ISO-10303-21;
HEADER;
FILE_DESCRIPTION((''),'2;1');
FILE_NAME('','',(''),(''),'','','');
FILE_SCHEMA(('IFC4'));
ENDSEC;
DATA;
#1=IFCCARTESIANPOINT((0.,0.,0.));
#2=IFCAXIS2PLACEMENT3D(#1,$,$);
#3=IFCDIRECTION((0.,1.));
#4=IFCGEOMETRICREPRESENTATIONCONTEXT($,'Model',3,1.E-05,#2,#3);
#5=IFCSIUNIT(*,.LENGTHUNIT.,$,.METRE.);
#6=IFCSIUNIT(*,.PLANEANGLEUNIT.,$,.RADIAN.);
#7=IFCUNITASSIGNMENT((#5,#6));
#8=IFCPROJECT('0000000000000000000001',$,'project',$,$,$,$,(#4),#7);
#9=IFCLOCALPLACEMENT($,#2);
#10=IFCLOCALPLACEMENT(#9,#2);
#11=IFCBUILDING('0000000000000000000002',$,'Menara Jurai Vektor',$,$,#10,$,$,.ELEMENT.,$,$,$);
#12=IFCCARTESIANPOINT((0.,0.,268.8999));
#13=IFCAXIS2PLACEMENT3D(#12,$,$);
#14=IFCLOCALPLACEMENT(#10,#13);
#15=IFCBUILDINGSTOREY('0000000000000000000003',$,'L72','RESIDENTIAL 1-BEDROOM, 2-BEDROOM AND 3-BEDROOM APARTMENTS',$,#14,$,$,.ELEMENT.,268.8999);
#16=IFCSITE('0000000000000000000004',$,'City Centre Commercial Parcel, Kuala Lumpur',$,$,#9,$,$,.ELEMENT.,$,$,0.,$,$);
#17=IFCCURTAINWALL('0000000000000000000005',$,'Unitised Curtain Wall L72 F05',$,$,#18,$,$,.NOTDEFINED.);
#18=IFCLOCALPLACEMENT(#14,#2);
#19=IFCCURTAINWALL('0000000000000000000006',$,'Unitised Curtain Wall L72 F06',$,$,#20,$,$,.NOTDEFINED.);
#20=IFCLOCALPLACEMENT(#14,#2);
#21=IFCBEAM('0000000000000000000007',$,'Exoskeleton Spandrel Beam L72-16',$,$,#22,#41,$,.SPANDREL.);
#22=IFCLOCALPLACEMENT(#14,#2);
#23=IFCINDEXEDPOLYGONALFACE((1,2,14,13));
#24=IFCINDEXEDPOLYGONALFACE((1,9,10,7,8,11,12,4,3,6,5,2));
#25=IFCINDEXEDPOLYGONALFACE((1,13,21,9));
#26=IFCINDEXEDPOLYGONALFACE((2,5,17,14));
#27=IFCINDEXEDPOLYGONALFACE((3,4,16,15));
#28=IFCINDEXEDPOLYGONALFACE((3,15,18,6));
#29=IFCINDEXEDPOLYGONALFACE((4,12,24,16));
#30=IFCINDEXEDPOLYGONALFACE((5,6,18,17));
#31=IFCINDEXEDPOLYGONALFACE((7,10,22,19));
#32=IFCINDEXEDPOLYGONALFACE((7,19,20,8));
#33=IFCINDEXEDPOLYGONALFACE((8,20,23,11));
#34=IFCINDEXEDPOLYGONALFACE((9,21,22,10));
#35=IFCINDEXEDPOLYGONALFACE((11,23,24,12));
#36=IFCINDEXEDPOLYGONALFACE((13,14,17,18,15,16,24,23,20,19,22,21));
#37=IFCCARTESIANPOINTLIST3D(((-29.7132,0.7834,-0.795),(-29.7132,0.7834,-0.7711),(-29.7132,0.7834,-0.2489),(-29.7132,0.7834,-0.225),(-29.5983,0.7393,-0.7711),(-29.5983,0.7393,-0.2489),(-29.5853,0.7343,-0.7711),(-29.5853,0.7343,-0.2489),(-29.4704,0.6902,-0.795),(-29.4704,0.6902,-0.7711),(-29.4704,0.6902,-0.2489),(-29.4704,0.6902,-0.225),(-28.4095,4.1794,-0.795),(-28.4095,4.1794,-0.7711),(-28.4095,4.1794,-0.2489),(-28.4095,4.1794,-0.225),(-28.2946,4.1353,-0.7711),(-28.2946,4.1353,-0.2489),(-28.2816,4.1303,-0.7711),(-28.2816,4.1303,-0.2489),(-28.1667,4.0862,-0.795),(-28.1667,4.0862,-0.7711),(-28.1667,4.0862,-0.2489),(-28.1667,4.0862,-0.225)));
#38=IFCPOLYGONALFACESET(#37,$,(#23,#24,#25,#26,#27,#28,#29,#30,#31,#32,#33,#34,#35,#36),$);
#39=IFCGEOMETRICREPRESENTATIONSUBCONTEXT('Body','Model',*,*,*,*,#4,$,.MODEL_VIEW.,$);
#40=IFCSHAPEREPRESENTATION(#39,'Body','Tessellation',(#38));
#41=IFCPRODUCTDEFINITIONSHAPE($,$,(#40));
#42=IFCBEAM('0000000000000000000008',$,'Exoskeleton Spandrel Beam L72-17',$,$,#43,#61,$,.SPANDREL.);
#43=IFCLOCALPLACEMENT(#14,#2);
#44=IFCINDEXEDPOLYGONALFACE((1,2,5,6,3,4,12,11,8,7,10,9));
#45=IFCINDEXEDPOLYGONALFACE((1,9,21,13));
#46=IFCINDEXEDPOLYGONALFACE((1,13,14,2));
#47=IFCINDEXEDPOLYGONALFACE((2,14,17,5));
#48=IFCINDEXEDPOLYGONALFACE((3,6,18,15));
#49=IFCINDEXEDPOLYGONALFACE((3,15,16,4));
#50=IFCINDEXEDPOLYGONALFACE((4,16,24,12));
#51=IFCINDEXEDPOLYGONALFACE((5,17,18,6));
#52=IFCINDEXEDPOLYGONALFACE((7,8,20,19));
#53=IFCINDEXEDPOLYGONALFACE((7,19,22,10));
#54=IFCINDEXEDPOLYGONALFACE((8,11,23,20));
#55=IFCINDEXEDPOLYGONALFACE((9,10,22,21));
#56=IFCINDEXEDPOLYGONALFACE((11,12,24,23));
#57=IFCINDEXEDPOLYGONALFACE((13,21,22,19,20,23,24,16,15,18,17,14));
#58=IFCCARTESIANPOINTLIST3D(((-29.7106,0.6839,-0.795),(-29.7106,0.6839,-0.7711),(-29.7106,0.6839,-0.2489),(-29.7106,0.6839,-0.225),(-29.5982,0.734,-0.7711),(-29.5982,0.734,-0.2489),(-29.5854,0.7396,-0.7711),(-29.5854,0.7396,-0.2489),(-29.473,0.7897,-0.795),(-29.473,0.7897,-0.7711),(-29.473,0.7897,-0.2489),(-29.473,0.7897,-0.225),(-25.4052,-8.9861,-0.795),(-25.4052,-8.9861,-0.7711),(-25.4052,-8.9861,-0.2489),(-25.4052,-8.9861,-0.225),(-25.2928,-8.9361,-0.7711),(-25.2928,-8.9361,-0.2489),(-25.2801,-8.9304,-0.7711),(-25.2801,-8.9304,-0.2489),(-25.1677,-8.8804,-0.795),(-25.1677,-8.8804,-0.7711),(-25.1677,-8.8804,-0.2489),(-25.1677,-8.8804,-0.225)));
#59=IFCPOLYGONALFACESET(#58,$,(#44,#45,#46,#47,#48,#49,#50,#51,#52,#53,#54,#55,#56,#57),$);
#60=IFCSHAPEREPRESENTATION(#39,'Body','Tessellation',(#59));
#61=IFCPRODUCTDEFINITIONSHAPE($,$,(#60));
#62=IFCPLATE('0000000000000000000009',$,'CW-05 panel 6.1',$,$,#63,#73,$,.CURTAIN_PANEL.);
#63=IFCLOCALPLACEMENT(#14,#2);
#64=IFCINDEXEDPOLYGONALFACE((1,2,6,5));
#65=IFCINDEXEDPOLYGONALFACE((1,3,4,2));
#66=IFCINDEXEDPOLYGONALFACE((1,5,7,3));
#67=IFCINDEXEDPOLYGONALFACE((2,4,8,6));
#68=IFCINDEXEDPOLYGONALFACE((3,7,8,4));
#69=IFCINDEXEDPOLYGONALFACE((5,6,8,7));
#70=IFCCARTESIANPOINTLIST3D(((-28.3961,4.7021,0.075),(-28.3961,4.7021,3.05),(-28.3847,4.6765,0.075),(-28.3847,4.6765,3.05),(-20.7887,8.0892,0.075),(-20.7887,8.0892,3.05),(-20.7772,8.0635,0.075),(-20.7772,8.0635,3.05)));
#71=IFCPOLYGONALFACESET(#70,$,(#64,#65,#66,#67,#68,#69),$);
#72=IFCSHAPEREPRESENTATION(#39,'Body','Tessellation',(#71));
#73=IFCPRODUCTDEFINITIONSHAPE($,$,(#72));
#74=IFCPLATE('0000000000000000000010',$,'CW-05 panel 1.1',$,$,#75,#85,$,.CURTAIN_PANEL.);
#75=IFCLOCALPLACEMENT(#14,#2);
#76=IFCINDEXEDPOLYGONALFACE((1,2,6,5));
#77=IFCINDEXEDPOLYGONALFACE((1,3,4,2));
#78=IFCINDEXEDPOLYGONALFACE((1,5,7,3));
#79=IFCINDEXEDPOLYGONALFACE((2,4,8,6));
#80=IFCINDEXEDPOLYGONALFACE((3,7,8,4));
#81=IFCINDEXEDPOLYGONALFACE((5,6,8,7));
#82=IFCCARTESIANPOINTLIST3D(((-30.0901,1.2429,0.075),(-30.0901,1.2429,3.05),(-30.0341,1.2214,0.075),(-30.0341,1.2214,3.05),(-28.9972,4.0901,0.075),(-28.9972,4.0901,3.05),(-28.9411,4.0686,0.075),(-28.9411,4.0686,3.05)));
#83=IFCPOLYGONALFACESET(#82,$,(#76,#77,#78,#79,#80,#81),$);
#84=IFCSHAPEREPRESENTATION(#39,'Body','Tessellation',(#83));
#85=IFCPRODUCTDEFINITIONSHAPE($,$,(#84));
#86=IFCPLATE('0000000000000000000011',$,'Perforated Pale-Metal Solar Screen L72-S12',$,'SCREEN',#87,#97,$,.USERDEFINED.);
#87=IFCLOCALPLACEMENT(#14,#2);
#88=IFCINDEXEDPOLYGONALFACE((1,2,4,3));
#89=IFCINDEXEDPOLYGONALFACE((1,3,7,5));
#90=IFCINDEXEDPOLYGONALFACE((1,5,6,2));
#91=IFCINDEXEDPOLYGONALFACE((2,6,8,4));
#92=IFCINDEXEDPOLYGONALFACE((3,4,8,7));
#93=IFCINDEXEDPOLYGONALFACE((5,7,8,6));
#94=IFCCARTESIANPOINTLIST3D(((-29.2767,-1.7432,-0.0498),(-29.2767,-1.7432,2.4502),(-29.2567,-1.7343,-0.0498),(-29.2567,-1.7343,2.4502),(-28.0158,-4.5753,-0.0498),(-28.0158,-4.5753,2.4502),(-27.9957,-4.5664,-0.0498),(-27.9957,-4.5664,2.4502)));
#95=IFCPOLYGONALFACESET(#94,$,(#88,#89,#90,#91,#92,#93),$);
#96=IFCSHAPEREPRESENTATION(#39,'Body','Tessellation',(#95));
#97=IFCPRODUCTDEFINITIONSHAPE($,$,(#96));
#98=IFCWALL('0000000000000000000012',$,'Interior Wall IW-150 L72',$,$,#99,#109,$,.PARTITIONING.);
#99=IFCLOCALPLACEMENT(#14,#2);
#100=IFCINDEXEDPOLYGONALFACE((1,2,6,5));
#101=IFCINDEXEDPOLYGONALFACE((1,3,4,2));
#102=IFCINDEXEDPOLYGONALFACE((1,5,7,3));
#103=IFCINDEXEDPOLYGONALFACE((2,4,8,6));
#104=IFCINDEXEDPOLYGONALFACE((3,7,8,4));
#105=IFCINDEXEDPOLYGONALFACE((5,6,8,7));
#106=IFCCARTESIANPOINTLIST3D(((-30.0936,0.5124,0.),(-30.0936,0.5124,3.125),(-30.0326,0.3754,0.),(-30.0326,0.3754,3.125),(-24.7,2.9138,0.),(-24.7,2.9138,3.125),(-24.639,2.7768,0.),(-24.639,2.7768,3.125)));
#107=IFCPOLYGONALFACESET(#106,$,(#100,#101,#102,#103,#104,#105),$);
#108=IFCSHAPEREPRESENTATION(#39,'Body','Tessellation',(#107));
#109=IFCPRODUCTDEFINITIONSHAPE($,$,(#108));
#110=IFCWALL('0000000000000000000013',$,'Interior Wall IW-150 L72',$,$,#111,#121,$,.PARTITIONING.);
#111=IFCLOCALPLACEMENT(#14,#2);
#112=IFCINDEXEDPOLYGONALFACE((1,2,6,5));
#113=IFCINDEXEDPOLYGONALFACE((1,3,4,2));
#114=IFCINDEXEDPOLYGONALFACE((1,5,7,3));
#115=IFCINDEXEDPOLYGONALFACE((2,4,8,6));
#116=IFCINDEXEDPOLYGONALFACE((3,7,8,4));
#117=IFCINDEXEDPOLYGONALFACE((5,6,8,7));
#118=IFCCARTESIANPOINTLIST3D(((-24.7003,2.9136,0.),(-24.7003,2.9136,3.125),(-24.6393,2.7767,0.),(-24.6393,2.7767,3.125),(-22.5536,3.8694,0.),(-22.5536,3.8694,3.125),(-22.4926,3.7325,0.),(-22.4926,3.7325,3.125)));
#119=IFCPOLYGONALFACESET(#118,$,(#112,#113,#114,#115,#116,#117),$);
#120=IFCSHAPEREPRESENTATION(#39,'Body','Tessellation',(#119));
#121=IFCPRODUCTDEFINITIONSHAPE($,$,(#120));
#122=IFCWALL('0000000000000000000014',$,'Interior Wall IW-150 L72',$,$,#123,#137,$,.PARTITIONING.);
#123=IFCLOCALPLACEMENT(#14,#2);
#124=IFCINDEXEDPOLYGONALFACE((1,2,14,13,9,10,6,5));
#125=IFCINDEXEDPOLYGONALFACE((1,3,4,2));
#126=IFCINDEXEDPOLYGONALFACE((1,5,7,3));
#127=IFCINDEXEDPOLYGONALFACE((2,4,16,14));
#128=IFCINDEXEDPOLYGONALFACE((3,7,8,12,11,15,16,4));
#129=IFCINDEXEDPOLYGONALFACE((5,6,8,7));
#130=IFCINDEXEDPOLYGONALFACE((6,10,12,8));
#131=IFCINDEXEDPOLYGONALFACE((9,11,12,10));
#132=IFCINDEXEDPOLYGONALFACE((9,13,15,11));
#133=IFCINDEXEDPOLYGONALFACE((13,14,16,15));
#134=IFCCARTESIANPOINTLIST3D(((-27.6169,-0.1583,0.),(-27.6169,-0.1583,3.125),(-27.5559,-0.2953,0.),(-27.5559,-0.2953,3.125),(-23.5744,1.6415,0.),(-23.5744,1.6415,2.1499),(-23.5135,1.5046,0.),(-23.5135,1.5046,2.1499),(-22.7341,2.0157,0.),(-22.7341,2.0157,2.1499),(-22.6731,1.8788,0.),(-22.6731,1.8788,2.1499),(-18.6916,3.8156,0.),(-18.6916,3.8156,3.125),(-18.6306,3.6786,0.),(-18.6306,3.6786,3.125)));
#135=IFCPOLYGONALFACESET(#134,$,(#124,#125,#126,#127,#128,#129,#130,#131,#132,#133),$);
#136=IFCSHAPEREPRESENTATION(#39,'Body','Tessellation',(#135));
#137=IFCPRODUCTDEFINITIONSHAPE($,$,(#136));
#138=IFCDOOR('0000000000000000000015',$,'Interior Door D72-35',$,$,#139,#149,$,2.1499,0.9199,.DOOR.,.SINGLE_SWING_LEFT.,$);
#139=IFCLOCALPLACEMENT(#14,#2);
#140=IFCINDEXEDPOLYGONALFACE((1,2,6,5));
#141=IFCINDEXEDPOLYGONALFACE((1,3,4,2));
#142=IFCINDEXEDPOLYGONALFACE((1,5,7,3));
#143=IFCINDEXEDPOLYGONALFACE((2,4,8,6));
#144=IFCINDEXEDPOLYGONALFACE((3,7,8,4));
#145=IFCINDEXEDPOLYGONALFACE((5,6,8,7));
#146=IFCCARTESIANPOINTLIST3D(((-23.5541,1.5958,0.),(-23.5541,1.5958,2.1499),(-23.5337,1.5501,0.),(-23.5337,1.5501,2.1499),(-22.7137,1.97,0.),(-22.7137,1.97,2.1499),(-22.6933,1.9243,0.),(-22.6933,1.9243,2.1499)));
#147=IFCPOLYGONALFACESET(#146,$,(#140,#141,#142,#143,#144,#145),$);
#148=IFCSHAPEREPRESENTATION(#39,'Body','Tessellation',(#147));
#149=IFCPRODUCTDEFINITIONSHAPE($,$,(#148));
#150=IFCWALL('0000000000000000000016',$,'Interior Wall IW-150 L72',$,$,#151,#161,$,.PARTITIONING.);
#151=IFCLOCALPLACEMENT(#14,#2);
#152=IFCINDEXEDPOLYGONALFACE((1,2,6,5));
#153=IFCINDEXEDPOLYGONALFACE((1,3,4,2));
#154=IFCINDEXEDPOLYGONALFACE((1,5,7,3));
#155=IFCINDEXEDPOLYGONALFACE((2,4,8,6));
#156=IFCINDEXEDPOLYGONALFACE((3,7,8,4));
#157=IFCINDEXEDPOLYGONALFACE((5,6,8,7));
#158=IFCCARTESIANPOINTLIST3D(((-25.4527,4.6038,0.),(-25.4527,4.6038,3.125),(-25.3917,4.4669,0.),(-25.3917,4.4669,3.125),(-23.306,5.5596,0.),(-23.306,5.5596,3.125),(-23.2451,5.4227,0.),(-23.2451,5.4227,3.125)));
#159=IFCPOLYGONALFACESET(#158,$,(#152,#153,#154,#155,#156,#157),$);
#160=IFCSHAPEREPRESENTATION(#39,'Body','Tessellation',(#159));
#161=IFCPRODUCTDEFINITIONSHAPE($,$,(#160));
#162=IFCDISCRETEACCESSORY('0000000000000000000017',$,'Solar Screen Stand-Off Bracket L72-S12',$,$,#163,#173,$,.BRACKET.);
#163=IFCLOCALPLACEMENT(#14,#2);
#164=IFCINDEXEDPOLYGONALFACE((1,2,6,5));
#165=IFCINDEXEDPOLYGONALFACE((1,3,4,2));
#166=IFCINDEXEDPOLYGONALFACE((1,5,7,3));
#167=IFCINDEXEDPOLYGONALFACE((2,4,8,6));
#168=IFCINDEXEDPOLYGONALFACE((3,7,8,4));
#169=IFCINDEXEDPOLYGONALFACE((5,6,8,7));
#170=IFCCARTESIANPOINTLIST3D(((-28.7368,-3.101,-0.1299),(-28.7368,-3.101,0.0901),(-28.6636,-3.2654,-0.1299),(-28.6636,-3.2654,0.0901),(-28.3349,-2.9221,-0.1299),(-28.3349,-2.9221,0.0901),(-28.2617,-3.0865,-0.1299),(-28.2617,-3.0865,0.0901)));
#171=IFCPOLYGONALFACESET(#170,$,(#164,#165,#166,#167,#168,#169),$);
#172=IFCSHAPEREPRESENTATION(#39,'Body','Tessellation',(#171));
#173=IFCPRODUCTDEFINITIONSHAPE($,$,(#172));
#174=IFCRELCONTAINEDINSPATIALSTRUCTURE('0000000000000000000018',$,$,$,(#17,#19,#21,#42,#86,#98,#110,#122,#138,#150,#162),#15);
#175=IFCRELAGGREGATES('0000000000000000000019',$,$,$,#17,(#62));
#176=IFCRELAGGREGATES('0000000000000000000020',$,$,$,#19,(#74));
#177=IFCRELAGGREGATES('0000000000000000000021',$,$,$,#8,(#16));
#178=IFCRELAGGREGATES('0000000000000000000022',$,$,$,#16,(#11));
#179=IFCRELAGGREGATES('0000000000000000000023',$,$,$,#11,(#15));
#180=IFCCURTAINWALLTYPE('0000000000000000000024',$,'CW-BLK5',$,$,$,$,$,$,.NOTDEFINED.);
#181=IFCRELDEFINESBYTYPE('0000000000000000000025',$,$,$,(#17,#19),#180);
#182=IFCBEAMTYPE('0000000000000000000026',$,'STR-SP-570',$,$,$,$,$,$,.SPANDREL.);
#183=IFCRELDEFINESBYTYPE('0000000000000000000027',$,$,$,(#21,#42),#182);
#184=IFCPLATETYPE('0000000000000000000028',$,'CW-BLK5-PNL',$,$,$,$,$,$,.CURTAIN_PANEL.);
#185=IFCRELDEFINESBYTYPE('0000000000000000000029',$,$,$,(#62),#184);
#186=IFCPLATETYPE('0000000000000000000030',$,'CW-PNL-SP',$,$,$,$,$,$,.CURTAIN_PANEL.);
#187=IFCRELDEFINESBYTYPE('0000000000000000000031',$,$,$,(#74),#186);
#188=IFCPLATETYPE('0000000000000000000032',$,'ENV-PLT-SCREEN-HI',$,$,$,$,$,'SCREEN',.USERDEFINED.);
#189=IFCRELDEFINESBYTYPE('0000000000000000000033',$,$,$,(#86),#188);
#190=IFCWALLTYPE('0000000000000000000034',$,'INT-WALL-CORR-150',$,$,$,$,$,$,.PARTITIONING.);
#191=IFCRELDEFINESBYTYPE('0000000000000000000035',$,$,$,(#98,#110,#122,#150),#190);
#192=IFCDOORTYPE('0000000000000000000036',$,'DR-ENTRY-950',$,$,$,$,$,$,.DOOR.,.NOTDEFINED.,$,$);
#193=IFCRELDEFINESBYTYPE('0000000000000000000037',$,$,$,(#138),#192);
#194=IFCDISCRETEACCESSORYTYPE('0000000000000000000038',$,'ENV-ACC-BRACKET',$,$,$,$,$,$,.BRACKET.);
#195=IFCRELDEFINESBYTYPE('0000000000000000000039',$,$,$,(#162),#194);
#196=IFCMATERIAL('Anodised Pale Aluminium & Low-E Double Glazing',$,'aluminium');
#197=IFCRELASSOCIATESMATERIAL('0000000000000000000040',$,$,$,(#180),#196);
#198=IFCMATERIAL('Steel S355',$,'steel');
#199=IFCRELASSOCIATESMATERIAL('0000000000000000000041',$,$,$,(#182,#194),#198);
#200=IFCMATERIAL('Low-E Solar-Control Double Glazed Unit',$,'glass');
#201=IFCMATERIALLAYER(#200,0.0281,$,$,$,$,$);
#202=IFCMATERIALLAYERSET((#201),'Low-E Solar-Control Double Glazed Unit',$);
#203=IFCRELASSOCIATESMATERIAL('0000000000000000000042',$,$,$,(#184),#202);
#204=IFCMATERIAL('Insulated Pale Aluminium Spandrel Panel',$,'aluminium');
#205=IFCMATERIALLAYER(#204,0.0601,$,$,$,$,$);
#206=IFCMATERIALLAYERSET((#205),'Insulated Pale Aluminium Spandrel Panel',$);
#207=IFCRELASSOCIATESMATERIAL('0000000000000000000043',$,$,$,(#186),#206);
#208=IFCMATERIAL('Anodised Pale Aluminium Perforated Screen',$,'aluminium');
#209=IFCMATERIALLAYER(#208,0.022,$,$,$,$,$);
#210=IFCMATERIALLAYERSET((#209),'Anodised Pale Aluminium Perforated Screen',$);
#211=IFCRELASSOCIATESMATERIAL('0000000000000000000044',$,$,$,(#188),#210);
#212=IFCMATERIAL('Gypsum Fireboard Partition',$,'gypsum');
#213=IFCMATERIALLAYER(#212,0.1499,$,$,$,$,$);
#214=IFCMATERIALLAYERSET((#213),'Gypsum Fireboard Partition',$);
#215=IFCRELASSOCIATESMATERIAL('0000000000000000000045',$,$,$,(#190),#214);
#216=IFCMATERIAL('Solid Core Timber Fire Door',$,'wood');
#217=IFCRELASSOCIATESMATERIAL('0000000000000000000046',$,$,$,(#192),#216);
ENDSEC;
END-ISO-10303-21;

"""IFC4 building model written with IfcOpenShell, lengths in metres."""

from ifc_helpers import new_model, si_unit, direction, frame, frame_2d, origin, origin_2d, place, context, subcontext, project, spatial, rectangle, i_section, extrude, material, layer, layer_set, material_profile, profile_set, type_object, element, fill, aggregate, save


model = new_model("IFC4")

# Units and contexts
model_context = context("Model", 3, precision=1e-05, world=origin(), true_north=direction((0.0, 1.0)))
body_context = subcontext(model_context, "Body", "Model", "MODEL_VIEW")
ifc_project = project(units=[si_unit("LENGTHUNIT", "METRE"), si_unit("PLANEANGLEUNIT", "RADIAN")], contexts=[model_context])

# Site, building, storey
site_placement = place(None, origin())
site = spatial("IfcSite", under=ifc_project, at=site_placement, Name="City Centre Commercial Parcel, Kuala Lumpur", CompositionType="ELEMENT", RefElevation=0.0)
building_placement = place(site_placement, origin())
building = spatial("IfcBuilding", under=site, at=building_placement, Name="Menara Jurai Vektor", CompositionType="ELEMENT")
storey_placement = place(building_placement, frame((0.0, 0.0, 268.8999)))
storey = spatial("IfcBuildingStorey", under=building, at=storey_placement, Name="L72", Description="RESIDENTIAL 1-BEDROOM, 2-BEDROOM AND 3-BEDROOM APARTMENTS", CompositionType="ELEMENT", Elevation=268.8999)

# Curtain wall
ifc_material_1 = material(Name="Anodised Pale Aluminium & Low-E Double Glazing", Category="aluminium")
curtain_wall_type = type_object("IfcCurtainWallType", Name="CW-BLK5", PredefinedType="NOTDEFINED", material=ifc_material_1)
curtain_wall_1_placement = place(storey_placement, origin())
curtain_wall_1 = element("IfcCurtainWall", 1, at=curtain_wall_1_placement, inside=storey, type_object=curtain_wall_type, Name="Unitised Curtain Wall L72 F05", PredefinedType="NOTDEFINED")

# Curtain wall
curtain_wall_2_placement = place(storey_placement, origin())
curtain_wall_2 = element("IfcCurtainWall", 2, at=curtain_wall_2_placement, inside=storey, type_object=curtain_wall_type, Name="Unitised Curtain Wall L72 F06", PredefinedType="NOTDEFINED")

# Shared definitions
ifc_material_2 = material(Name="Steel S355", Category="steel")

# Beams
ifc_material_profile_1 = material_profile(ifc_material_2, i_section(OverallWidth=0.26, OverallDepth=0.5701, WebThickness=0.0139, FlangeThickness=0.0239, at=origin_2d()), Name="PG 570x260x145")
ifc_profile_set_1 = profile_set([ifc_material_profile_1], Name="Steel S355")
beam_type_1 = type_object("IfcBeamType", Name="STR-SP-570", PredefinedType="SPANDREL", material=ifc_profile_set_1)
beam_1_placement = place(storey_placement, frame((-28.2881, 4.1328, -0.51), z_axis=(-0.358394, -0.93357, 0.0), x_axis=(0.93357, -0.358394, 0.0)))
element("IfcBeam", 3, at=beam_1_placement, inside=storey, type_object=beam_type_1, Name="Exoskeleton Spandrel Beam L72-16", PredefinedType="SPANDREL", context=body_context, shape_type="SweptSolid", body=[
    extrude(i_section(OverallWidth=0.26, OverallDepth=0.5701, WebThickness=0.0139, FlangeThickness=0.0239, at=origin_2d()), origin(), (0.0, 0.0, 1.0), 3.6377),
])
beam_2_placement = place(storey_placement, frame((-29.5918, 0.7368, -0.51), z_axis=(0.406735, -0.913546, 0.0), x_axis=(0.913546, 0.406735, 0.0)))
element("IfcBeam", 4, at=beam_2_placement, inside=storey, type_object=beam_type_1, Name="Exoskeleton Spandrel Beam L72-17", PredefinedType="SPANDREL", context=body_context, shape_type="SweptSolid", body=[
    extrude(i_section(OverallWidth=0.26, OverallDepth=0.5701, WebThickness=0.0139, FlangeThickness=0.0239, at=origin_2d()), origin(), (0.0, 0.0, 1.0), 10.5852),
])

# Plates
ifc_material_3 = material(Name="Low-E Solar-Control Double Glazed Unit", Category="glass")
ifc_layer_1 = layer(ifc_material_3, 0.0281)
ifc_layer_set_1 = layer_set([ifc_layer_1], Name="Low-E Solar-Control Double Glazed Unit")
plate_type_1 = type_object("IfcPlateType", Name="CW-BLK5-PNL", PredefinedType="CURTAIN_PANEL", material=ifc_layer_set_1)
plate_1_placement = place(storey_placement, frame((-24.5867, 6.3828, 0.075), z_axis=(0.0, 0.0, 1.0), x_axis=(-0.913546, -0.406735, 0.0)))
plate_1 = element("IfcPlate", 5, at=plate_1_placement, type_object=plate_type_1, Name="CW-05 panel 6.1", PredefinedType="CURTAIN_PANEL", context=body_context, shape_type="SweptSolid", body=[
    extrude(rectangle(XDim=8.3274, YDim=0.0281, at=origin_2d()), origin(), (0.0, 0.0, 1.0), 2.9751),
])
aggregate(curtain_wall_1, [plate_1])
ifc_material_4 = material(Name="Insulated Pale Aluminium Spandrel Panel", Category="aluminium")
ifc_layer_2 = layer(ifc_material_4, 0.0601)
ifc_layer_set_2 = layer_set([ifc_layer_2], Name="Insulated Pale Aluminium Spandrel Panel")
plate_type_2 = type_object("IfcPlateType", Name="CW-PNL-SP", PredefinedType="CURTAIN_PANEL", material=ifc_layer_set_2)
plate_2_placement = place(storey_placement, frame((-29.5156, 2.6558, 0.075), z_axis=(0.0, 0.0, 1.0), x_axis=(-0.358374, -0.933578, 0.0)))
plate_2 = element("IfcPlate", 6, at=plate_2_placement, type_object=plate_type_2, Name="CW-05 panel 1.1", PredefinedType="CURTAIN_PANEL", context=body_context, shape_type="SweptSolid", body=[
    extrude(rectangle(XDim=3.0498, YDim=0.0601, at=origin_2d()), origin(), (0.0, 0.0, 1.0), 2.9751),
])
aggregate(curtain_wall_2, [plate_2])
ifc_material_5 = material(Name="Anodised Pale Aluminium Perforated Screen", Category="aluminium")
ifc_layer_3 = layer(ifc_material_5, 0.022)
ifc_layer_set_3 = layer_set([ifc_layer_3], Name="Anodised Pale Aluminium Perforated Screen")
plate_type_3 = type_object("IfcPlateType", Name="ENV-PLT-SCREEN-HI", ElementType="SCREEN", PredefinedType="USERDEFINED", material=ifc_layer_set_3)
plate_3_placement = place(storey_placement, frame((-28.6362, -3.1548, -0.0498), z_axis=(0.0, 0.0, 1.0), x_axis=(0.406737, -0.913545, 0.0)))
element("IfcPlate", 7, at=plate_3_placement, inside=storey, type_object=plate_type_3, Name="Perforated Pale-Metal Solar Screen L72-S12", ObjectType="SCREEN", PredefinedType="USERDEFINED", context=body_context, shape_type="SweptSolid", body=[
    extrude(rectangle(XDim=3.1001, YDim=0.022, at=origin_2d()), origin(), (0.0, 0.0, 1.0), 2.5),
])

# Walls
ifc_material_6 = material(Name="Gypsum Fireboard Partition", Category="gypsum")
ifc_layer_4 = layer(ifc_material_6, 0.1499)
ifc_layer_set_4 = layer_set([ifc_layer_4], Name="Gypsum Fireboard Partition")
wall_type = type_object("IfcWallType", Name="INT-WALL-CORR-150", PredefinedType="PARTITIONING", material=ifc_layer_set_4)
wall_1_placement = place(storey_placement, frame((-30.0632, 0.4438, 0.0), z_axis=(0.0, 0.0, 1.0), x_axis=(0.913545, 0.406737, 0.0)))
element("IfcWall", 8, at=wall_1_placement, inside=storey, type_object=wall_type, Name="Interior Wall IW-150 L72", PredefinedType="PARTITIONING", context=body_context, shape_type="SweptSolid", body=[
    extrude(rectangle(XDim=5.9041, YDim=0.1499, at=frame_2d((2.9521, 0.0))), origin(), (0.0, 0.0, 1.0), 3.125),
])
wall_2_placement = place(storey_placement, frame((-24.6697, 2.8452, 0.0), z_axis=(0.0, 0.0, 1.0), x_axis=(0.913541, 0.406746, 0.0)))
element("IfcWall", 9, at=wall_2_placement, inside=storey, type_object=wall_type, Name="Interior Wall IW-150 L72", PredefinedType="PARTITIONING", context=body_context, shape_type="SweptSolid", body=[
    extrude(rectangle(XDim=2.3499, YDim=0.1499, at=frame_2d((1.1748, 0.0))), origin(), (0.0, 0.0, 1.0), 3.125),
])

# Wall, opening, door
wall_3_placement = place(storey_placement, frame((-27.5864, -0.2268, 0.0), z_axis=(0.0, 0.0, 1.0), x_axis=(0.913542, 0.406744, 0.0)))
wall_3 = element("IfcWall", 10, at=wall_3_placement, inside=storey, type_object=wall_type, Name="Interior Wall IW-150 L72", PredefinedType="PARTITIONING", context=body_context, shape_type="SweptSolid", body=[
    extrude(rectangle(XDim=9.77, YDim=0.1499, at=frame_2d((4.885, 0.0))), origin(), (0.0, 0.0, 1.0), 3.125),
])
opening_1_placement = place(wall_3_placement, frame((4.425, 0.0, 0.0)))
opening_1 = element("IfcOpeningElement", 11, at=opening_1_placement, cuts=wall_3, PredefinedType="OPENING", context=body_context, shape_type="SweptSolid", body=[
    extrude(rectangle(XDim=0.9199, YDim=2.1499, at=frame_2d((0.46, 1.075))), frame((0.0, 0.085, 0.0), z_axis=(0.0, -1.0, 0.0), x_axis=(1.0, 0.0, 0.0)), (0.0, 0.0, 1.0), 0.1699),
])
ifc_material_7 = material(Name="Solid Core Timber Fire Door", Category="wood")
door_type_1 = type_object("IfcDoorType", Name="DR-ENTRY-950", OperationType="NOTDEFINED", PredefinedType="DOOR", material=ifc_material_7)
door_1_placement = place(opening_1_placement, origin())
door_1 = element("IfcDoor", 12, at=door_1_placement, inside=storey, type_object=door_type_1, Name="Interior Door D72-35", OperationType="SINGLE_SWING_LEFT", OverallHeight=2.1499, OverallWidth=0.9199, PredefinedType="DOOR", context=body_context, shape_type="SweptSolid", body=[
    extrude(rectangle(XDim=0.9199, YDim=2.1499, at=frame_2d((0.46, 1.075))), frame((0.0, 0.0249, 0.0), z_axis=(0.0, -1.0, 0.0), x_axis=(1.0, 0.0, 0.0)), (0.0, 0.0, 1.0), 0.05),
])
fill(opening_1, door_1)

# Wall
wall_4_placement = place(storey_placement, frame((-25.4221, 4.5354, 0.0), z_axis=(0.0, 0.0, 1.0), x_axis=(0.913541, 0.406746, 0.0)))
element("IfcWall", 13, at=wall_4_placement, inside=storey, type_object=wall_type, Name="Interior Wall IW-150 L72", PredefinedType="PARTITIONING", context=body_context, shape_type="SweptSolid", body=[
    extrude(rectangle(XDim=2.3499, YDim=0.1499, at=frame_2d((1.1748, 0.0))), origin(), (0.0, 0.0, 1.0), 3.125),
])

# Discrete accessory
discrete_accessory_type = type_object("IfcDiscreteAccessoryType", Name="ENV-ACC-BRACKET", PredefinedType="BRACKET", material=ifc_material_2)
discrete_accessory_placement = place(storey_placement, frame((-28.4993, -3.0938, -0.1299), z_axis=(0.0, 0.0, 1.0), x_axis=(0.406737, -0.913545, 0.0)))
element("IfcDiscreteAccessory", 14, at=discrete_accessory_placement, inside=storey, type_object=discrete_accessory_type, Name="Solar Screen Stand-Off Bracket L72-S12", PredefinedType="BRACKET", context=body_context, shape_type="SweptSolid", body=[
    extrude(rectangle(XDim=0.1799, YDim=0.4399, at=origin_2d()), origin(), (0.0, 0.0, 1.0), 0.22),
])

save(model, "model.ifc")
